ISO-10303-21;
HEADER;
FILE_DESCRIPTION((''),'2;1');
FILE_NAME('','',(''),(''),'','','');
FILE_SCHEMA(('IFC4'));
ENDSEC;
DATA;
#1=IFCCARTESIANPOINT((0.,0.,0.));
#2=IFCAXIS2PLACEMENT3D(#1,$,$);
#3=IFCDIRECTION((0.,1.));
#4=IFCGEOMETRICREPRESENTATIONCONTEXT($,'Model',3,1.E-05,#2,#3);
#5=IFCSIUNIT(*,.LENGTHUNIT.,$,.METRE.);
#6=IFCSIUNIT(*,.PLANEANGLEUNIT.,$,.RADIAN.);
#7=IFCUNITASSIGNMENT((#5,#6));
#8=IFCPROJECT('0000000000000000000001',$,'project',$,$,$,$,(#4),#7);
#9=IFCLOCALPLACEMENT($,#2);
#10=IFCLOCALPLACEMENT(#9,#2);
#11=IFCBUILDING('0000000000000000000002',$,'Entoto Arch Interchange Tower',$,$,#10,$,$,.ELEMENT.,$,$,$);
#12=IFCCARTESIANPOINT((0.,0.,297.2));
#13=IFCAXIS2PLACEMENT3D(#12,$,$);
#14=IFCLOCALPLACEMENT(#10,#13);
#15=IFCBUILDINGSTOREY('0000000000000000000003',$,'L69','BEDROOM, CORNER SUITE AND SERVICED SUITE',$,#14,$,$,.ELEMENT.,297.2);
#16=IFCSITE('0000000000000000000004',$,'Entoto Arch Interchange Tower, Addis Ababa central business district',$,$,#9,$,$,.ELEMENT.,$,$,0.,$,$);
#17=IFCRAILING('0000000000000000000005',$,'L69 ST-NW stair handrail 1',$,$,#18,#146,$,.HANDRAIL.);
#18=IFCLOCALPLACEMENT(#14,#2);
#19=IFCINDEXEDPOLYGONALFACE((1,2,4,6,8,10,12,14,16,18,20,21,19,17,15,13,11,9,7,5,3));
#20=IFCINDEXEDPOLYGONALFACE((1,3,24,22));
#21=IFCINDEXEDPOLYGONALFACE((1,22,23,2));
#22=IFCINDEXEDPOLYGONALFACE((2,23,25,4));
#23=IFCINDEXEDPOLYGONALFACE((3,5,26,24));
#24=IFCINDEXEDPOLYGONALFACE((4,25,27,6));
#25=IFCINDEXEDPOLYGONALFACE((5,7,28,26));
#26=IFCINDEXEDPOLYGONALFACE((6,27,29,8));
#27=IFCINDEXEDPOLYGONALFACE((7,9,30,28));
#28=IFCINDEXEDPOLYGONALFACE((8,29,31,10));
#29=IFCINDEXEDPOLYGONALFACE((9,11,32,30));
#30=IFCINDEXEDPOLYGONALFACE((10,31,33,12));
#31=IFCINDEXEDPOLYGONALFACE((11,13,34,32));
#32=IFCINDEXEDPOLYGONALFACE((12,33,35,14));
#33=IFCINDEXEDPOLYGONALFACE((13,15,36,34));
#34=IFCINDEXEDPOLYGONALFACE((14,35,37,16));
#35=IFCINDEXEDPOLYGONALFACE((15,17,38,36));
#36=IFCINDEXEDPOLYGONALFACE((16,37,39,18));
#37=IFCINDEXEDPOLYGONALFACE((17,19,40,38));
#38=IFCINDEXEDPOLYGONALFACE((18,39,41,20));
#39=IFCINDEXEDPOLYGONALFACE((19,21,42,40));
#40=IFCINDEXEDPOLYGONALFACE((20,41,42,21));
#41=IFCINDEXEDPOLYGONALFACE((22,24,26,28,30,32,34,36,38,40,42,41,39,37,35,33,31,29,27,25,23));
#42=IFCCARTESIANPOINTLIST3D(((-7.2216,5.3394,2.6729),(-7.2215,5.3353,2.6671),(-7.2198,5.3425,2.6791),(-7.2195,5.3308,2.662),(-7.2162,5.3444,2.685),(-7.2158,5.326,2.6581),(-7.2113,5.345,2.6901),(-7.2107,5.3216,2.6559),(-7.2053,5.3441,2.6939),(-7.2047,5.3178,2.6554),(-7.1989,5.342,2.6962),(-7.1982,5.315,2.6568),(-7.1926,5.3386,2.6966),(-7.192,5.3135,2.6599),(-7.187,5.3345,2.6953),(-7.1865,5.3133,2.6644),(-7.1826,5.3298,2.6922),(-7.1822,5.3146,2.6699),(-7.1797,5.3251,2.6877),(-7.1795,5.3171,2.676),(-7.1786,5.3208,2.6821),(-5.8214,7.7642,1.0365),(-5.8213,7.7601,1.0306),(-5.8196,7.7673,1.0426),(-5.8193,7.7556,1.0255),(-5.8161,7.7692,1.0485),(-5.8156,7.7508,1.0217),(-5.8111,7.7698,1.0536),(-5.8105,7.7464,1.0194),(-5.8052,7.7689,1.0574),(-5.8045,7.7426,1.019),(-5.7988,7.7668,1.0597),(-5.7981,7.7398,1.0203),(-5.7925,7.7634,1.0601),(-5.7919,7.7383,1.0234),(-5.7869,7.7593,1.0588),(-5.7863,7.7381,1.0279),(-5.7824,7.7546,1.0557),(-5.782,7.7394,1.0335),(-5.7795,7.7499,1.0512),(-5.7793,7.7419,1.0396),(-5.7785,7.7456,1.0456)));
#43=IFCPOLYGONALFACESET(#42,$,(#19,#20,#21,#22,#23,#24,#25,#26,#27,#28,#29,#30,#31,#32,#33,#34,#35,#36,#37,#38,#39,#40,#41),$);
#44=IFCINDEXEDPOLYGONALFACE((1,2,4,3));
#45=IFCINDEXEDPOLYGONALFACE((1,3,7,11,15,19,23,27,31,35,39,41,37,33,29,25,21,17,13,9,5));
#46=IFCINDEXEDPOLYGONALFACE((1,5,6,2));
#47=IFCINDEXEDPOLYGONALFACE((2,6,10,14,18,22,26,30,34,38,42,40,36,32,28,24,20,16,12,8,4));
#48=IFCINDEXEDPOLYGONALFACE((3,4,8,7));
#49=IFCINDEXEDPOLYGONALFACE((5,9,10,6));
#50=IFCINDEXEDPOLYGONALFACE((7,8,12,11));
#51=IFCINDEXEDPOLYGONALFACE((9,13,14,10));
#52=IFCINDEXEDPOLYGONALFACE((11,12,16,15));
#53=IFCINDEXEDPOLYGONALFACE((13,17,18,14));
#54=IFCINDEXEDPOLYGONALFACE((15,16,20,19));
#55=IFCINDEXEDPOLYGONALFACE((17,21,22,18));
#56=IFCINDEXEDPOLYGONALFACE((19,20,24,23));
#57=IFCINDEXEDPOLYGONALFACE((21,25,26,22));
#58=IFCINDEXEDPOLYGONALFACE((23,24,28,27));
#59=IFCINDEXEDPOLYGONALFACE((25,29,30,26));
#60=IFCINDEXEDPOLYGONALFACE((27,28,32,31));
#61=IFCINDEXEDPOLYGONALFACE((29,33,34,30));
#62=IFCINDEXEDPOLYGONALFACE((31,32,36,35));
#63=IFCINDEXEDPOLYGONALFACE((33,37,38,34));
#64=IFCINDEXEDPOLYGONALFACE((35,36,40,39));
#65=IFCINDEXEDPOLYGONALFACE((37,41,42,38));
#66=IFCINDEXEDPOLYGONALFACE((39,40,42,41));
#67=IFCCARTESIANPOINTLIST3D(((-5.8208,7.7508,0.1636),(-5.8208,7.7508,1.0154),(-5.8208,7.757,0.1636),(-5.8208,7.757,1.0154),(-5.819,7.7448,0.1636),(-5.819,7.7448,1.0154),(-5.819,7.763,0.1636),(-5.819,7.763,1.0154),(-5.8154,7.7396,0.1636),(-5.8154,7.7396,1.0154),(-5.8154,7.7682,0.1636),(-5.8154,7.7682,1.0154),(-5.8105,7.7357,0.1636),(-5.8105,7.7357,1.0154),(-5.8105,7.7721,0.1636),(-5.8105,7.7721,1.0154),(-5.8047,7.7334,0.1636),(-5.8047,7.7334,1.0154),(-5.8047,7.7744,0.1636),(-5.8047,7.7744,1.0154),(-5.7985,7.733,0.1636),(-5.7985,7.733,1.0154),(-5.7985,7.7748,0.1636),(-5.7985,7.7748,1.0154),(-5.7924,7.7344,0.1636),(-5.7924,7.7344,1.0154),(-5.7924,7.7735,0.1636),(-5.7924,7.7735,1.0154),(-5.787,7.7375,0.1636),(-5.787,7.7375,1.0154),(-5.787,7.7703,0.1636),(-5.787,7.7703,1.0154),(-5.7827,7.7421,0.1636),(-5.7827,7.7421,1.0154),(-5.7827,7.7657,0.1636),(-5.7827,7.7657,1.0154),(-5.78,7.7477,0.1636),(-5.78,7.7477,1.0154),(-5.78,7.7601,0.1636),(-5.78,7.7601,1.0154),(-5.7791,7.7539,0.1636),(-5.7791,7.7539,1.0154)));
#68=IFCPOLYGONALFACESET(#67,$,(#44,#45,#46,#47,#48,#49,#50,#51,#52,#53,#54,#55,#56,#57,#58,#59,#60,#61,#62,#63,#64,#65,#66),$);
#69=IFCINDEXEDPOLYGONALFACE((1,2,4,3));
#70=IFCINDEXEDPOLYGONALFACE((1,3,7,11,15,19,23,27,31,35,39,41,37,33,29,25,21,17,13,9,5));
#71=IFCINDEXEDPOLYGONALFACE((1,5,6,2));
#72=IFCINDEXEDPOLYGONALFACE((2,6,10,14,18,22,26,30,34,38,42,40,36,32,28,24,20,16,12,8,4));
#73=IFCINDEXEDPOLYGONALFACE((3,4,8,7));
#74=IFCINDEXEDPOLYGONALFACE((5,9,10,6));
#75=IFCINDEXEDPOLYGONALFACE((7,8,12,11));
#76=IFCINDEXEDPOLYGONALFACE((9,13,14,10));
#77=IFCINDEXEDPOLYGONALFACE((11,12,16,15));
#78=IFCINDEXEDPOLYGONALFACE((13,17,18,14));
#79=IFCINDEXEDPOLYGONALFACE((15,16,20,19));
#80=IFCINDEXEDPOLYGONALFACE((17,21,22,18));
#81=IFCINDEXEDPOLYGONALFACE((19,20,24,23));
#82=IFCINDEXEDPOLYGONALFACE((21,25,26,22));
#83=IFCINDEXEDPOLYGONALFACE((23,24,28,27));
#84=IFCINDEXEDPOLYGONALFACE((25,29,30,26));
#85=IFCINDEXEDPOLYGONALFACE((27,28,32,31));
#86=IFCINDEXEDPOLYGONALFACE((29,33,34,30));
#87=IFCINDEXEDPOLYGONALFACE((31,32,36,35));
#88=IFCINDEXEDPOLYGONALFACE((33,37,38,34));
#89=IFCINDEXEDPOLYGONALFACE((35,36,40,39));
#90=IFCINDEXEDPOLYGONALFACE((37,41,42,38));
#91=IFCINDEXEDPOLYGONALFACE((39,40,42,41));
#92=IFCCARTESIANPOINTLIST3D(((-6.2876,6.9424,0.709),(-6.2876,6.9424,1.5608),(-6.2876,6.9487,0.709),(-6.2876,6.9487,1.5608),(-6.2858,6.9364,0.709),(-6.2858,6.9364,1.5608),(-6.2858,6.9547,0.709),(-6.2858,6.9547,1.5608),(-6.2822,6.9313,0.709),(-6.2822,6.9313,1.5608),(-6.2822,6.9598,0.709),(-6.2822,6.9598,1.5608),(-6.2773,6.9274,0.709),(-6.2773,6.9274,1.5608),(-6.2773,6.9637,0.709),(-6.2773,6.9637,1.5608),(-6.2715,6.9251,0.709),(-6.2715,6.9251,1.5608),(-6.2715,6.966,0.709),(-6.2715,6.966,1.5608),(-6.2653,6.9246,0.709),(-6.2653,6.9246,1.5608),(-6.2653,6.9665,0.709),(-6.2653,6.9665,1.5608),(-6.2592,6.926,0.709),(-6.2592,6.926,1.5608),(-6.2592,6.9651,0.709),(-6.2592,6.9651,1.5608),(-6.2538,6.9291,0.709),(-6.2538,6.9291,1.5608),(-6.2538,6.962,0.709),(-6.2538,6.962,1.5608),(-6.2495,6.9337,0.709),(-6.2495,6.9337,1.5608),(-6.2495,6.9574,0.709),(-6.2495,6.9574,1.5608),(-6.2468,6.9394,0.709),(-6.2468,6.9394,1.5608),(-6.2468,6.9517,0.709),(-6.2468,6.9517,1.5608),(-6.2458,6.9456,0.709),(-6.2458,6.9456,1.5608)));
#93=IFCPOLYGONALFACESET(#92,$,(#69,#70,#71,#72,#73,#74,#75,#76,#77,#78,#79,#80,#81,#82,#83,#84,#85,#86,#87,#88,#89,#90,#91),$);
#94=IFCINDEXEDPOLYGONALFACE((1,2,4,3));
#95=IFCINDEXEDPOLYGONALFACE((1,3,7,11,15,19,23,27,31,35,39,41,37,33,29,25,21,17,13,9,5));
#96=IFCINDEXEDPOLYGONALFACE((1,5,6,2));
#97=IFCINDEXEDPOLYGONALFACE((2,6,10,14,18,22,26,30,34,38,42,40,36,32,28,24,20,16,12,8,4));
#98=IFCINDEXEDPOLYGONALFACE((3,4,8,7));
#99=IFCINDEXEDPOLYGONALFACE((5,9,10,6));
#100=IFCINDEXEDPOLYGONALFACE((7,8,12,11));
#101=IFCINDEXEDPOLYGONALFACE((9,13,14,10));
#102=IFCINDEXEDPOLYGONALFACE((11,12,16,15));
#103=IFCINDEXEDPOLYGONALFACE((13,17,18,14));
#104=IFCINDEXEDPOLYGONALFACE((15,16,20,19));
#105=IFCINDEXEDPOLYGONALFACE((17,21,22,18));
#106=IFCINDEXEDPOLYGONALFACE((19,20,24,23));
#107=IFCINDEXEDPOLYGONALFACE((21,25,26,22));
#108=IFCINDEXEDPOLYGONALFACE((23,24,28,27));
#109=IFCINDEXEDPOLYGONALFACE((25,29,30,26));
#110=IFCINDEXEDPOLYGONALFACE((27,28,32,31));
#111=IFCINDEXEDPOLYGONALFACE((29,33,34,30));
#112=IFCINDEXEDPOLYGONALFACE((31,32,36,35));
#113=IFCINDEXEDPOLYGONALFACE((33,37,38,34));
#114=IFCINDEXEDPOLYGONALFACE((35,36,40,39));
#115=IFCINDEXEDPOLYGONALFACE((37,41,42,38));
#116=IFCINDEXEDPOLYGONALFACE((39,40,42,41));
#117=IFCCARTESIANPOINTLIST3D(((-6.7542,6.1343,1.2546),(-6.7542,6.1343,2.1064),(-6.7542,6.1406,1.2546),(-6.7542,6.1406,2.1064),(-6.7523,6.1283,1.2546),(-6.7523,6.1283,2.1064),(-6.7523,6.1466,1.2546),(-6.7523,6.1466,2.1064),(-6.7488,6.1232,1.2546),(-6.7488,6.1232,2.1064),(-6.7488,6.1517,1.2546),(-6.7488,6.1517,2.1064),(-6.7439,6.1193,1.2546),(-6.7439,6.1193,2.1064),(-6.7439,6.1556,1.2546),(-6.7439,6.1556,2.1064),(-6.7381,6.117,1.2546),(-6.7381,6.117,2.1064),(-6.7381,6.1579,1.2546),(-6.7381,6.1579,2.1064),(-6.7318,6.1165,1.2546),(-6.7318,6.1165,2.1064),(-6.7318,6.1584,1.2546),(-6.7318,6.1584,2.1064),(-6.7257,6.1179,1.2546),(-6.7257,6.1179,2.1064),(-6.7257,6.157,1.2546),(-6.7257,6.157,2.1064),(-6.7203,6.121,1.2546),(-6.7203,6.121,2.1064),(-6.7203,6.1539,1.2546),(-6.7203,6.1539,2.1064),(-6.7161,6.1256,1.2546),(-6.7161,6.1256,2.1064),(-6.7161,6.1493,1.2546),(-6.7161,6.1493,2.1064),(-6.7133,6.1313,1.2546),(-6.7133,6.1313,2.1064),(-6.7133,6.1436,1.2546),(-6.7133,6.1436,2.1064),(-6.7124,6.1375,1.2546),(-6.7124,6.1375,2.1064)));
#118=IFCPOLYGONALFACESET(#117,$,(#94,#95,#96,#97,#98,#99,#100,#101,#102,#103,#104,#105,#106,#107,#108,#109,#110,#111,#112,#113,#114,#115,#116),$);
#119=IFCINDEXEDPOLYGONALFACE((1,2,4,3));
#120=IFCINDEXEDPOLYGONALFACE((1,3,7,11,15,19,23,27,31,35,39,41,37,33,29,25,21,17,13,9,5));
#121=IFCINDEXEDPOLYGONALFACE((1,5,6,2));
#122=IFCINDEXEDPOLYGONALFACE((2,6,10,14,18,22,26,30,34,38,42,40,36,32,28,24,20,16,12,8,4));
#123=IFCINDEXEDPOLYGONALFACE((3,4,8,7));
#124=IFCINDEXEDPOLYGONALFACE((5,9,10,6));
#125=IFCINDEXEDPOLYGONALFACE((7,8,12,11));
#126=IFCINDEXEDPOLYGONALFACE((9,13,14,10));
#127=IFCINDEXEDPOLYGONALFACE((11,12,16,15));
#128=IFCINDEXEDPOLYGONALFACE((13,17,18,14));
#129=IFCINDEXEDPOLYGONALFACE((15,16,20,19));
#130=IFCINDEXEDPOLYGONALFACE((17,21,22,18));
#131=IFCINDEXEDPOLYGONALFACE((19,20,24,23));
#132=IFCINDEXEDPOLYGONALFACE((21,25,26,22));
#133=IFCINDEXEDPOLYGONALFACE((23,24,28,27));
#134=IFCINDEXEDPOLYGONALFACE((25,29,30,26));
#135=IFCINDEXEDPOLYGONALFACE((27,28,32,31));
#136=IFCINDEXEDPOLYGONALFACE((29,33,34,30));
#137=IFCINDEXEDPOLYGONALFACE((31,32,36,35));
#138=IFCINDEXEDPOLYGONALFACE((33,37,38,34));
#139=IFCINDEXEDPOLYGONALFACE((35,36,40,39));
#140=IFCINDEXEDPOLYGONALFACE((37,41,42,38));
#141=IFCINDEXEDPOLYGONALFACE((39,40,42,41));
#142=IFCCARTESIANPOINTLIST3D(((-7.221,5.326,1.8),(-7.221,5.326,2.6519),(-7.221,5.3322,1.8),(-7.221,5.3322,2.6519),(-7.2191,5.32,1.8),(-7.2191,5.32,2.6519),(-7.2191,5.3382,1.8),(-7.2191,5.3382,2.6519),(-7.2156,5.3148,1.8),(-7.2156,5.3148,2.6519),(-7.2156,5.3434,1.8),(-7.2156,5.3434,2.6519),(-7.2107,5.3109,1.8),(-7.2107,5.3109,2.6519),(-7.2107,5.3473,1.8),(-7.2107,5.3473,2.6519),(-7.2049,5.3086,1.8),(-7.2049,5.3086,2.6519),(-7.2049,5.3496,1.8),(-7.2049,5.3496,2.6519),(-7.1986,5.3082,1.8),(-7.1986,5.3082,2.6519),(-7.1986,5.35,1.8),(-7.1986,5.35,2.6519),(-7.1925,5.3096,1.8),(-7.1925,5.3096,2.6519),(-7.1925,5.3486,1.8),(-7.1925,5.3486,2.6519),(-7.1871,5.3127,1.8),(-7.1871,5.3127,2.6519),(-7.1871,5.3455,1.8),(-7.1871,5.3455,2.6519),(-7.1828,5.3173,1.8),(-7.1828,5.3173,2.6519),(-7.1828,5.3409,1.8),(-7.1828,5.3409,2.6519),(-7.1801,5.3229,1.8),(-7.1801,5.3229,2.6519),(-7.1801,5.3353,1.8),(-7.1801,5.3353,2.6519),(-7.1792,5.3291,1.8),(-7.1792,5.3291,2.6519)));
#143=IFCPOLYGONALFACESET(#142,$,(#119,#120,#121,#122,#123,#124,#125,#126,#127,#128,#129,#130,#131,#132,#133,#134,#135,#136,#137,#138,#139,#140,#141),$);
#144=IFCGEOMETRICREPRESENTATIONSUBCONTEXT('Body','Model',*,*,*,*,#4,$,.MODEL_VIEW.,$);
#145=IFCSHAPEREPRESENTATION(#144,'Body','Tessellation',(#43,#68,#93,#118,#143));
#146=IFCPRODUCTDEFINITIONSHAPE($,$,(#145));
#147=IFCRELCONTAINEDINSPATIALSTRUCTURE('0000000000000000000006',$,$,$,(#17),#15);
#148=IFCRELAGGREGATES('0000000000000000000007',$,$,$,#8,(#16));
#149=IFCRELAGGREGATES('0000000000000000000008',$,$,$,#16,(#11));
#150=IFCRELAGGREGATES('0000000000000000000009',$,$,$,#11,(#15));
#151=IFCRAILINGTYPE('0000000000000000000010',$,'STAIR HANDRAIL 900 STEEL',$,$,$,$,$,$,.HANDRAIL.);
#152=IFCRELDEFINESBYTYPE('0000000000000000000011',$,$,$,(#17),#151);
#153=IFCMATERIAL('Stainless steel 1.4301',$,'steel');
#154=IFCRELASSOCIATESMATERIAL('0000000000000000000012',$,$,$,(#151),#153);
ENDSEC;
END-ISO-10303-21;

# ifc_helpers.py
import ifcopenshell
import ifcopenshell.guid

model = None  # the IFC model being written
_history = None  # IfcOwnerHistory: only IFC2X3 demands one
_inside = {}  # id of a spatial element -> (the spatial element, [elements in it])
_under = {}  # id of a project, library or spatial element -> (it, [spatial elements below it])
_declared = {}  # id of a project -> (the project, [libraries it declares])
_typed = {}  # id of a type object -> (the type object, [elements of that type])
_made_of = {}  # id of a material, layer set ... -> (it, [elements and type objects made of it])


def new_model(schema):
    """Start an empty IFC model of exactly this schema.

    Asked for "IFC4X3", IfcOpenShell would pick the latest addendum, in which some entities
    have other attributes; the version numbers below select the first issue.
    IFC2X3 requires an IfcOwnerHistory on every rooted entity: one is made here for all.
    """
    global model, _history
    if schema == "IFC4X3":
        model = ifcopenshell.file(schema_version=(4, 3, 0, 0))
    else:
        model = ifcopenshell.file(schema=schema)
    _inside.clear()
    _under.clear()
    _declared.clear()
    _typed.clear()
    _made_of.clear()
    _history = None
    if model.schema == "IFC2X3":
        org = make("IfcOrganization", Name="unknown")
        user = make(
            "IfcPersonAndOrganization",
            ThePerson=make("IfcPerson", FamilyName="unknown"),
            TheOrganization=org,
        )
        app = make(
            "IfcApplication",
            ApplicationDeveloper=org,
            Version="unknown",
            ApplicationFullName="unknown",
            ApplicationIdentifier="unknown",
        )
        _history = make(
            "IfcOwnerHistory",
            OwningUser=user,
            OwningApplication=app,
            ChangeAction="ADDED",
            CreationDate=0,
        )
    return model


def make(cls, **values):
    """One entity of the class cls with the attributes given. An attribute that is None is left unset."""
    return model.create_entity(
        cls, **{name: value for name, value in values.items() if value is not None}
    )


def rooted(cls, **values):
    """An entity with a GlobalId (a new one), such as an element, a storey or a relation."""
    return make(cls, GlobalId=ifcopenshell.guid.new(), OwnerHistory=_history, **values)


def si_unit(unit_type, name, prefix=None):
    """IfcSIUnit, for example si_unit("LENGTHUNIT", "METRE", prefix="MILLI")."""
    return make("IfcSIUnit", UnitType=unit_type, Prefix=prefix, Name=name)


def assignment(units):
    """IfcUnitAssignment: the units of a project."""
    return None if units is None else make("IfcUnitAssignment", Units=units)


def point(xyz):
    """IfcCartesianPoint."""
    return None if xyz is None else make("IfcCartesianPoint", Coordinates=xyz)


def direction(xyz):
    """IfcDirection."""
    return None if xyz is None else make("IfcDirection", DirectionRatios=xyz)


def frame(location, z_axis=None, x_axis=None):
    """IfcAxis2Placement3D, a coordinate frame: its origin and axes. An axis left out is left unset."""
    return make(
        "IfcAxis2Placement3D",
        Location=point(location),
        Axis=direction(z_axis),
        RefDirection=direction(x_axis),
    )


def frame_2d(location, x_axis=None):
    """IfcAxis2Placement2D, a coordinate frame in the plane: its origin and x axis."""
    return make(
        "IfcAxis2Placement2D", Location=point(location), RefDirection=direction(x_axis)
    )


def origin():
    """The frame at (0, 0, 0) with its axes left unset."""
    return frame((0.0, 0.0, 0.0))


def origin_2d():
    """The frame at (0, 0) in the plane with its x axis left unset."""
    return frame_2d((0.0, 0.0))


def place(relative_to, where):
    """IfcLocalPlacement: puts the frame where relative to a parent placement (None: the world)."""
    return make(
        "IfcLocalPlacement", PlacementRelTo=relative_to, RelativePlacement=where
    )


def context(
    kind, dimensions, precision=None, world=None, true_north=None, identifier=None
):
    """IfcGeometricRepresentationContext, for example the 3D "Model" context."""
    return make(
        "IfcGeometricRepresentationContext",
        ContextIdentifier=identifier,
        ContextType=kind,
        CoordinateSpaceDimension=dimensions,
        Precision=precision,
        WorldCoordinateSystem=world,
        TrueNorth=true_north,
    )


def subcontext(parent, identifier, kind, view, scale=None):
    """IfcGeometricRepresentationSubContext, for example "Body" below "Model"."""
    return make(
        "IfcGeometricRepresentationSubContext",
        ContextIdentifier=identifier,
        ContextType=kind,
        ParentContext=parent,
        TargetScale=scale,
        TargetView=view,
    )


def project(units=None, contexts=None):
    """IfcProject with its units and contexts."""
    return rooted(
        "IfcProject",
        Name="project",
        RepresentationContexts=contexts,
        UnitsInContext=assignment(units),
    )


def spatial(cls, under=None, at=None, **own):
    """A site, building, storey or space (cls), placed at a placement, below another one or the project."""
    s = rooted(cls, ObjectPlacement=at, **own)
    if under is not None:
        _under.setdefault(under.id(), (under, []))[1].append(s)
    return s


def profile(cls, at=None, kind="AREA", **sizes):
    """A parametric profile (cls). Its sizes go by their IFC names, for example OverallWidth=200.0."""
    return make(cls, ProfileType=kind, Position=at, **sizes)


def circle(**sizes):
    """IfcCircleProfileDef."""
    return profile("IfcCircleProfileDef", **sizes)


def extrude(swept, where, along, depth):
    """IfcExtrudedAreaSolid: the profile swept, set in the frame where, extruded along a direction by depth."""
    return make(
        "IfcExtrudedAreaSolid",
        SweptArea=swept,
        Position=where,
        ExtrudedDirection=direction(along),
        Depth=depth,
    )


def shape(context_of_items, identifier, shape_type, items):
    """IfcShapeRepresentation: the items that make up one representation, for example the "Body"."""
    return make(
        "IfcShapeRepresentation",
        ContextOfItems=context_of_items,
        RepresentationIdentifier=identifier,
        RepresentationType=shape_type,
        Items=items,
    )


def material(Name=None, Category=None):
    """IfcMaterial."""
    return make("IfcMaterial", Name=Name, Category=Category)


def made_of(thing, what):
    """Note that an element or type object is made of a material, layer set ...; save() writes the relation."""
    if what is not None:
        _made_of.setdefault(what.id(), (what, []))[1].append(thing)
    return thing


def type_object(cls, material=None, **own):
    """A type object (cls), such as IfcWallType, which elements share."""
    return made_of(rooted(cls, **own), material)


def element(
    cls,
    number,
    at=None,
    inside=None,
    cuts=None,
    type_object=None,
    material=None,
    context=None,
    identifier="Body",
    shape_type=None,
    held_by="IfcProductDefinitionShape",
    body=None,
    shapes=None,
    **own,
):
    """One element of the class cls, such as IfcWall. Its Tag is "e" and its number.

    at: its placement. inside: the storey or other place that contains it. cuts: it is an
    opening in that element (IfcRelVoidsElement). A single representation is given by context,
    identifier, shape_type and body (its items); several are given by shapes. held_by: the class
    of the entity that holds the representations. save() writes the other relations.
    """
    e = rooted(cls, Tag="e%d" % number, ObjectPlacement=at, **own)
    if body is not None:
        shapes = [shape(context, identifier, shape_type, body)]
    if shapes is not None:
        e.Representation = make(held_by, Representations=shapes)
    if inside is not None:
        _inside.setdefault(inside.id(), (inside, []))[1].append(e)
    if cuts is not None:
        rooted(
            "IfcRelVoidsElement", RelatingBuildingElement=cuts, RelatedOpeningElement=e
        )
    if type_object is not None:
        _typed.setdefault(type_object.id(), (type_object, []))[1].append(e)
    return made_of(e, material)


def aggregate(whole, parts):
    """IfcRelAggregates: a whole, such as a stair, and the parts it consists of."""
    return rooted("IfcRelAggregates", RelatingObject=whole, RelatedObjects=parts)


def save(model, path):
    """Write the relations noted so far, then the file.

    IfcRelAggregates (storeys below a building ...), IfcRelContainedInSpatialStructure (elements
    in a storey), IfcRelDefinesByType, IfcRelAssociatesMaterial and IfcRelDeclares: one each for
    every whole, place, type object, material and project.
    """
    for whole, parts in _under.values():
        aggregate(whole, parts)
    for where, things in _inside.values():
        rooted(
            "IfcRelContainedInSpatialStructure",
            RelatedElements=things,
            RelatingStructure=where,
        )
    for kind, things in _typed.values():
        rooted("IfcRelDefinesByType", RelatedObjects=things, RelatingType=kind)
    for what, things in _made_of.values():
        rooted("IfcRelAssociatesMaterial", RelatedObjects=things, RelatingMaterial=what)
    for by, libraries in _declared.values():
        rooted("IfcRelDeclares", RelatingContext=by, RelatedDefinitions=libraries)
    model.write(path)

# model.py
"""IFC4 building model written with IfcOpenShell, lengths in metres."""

from ifc_helpers import new_model, si_unit, direction, frame, origin, origin_2d, place, context, subcontext, project, spatial, circle, extrude, material, type_object, element, save


model = new_model("IFC4")

# Units and contexts
model_context = context("Model", 3, precision=1e-05, world=origin(), true_north=direction((0.0, 1.0)))
body_context = subcontext(model_context, "Body", "Model", "MODEL_VIEW")
ifc_project = project(units=[si_unit("LENGTHUNIT", "METRE"), si_unit("PLANEANGLEUNIT", "RADIAN")], contexts=[model_context])

# Site, building, storey
site_placement = place(None, origin())
site = spatial("IfcSite", under=ifc_project, at=site_placement, Name="Entoto Arch Interchange Tower, Addis Ababa central business district", CompositionType="ELEMENT", RefElevation=0.0)
building_placement = place(site_placement, origin())
building = spatial("IfcBuilding", under=site, at=building_placement, Name="Entoto Arch Interchange Tower", CompositionType="ELEMENT")
storey_placement = place(building_placement, frame((0.0, 0.0, 297.2)))
storey = spatial("IfcBuildingStorey", under=building, at=storey_placement, Name="L69", Description="BEDROOM, CORNER SUITE AND SERVICED SUITE", CompositionType="ELEMENT", Elevation=297.2)

# Railing
ifc_material_1 = material(Name="Stainless steel 1.4301", Category="steel")
railing_type_1 = type_object("IfcRailingType", Name="STAIR HANDRAIL 900 STEEL", PredefinedType="HANDRAIL", material=ifc_material_1)
railing_1_placement = place(storey_placement, frame((-5.8, 7.7539, 0.1636)))
element("IfcRailing", 1, at=railing_1_placement, inside=storey, type_object=railing_type_1, Name="L69 ST-NW stair handrail 1", PredefinedType="HANDRAIL", context=body_context, shape_type="SweptSolid", body=[
    extrude(circle(Radius=0.0239, at=origin_2d()), frame((0.0, 0.0, 0.876), z_axis=(-0.431722, -0.747666, 0.504591), x_axis=(0.865997, -0.50005, 0.0)), (0.0, 0.0, 1.0), 3.2432),
    extrude(circle(Radius=0.021, at=origin_2d()), origin(), (0.0, 0.0, 1.0), 0.8518),
    extrude(circle(Radius=0.021, at=origin_2d()), frame((-0.4668, -0.8083, 0.5454)), (0.0, 0.0, 1.0), 0.8518),
    extrude(circle(Radius=0.021, at=origin_2d()), frame((-0.9333, -1.6165, 1.0911)), (0.0, 0.0, 1.0), 0.8518),
    extrude(circle(Radius=0.021, at=origin_2d()), frame((-1.4001, -2.4248, 1.6365)), (0.0, 0.0, 1.0), 0.8518),
])

save(model, "model.ifc")
